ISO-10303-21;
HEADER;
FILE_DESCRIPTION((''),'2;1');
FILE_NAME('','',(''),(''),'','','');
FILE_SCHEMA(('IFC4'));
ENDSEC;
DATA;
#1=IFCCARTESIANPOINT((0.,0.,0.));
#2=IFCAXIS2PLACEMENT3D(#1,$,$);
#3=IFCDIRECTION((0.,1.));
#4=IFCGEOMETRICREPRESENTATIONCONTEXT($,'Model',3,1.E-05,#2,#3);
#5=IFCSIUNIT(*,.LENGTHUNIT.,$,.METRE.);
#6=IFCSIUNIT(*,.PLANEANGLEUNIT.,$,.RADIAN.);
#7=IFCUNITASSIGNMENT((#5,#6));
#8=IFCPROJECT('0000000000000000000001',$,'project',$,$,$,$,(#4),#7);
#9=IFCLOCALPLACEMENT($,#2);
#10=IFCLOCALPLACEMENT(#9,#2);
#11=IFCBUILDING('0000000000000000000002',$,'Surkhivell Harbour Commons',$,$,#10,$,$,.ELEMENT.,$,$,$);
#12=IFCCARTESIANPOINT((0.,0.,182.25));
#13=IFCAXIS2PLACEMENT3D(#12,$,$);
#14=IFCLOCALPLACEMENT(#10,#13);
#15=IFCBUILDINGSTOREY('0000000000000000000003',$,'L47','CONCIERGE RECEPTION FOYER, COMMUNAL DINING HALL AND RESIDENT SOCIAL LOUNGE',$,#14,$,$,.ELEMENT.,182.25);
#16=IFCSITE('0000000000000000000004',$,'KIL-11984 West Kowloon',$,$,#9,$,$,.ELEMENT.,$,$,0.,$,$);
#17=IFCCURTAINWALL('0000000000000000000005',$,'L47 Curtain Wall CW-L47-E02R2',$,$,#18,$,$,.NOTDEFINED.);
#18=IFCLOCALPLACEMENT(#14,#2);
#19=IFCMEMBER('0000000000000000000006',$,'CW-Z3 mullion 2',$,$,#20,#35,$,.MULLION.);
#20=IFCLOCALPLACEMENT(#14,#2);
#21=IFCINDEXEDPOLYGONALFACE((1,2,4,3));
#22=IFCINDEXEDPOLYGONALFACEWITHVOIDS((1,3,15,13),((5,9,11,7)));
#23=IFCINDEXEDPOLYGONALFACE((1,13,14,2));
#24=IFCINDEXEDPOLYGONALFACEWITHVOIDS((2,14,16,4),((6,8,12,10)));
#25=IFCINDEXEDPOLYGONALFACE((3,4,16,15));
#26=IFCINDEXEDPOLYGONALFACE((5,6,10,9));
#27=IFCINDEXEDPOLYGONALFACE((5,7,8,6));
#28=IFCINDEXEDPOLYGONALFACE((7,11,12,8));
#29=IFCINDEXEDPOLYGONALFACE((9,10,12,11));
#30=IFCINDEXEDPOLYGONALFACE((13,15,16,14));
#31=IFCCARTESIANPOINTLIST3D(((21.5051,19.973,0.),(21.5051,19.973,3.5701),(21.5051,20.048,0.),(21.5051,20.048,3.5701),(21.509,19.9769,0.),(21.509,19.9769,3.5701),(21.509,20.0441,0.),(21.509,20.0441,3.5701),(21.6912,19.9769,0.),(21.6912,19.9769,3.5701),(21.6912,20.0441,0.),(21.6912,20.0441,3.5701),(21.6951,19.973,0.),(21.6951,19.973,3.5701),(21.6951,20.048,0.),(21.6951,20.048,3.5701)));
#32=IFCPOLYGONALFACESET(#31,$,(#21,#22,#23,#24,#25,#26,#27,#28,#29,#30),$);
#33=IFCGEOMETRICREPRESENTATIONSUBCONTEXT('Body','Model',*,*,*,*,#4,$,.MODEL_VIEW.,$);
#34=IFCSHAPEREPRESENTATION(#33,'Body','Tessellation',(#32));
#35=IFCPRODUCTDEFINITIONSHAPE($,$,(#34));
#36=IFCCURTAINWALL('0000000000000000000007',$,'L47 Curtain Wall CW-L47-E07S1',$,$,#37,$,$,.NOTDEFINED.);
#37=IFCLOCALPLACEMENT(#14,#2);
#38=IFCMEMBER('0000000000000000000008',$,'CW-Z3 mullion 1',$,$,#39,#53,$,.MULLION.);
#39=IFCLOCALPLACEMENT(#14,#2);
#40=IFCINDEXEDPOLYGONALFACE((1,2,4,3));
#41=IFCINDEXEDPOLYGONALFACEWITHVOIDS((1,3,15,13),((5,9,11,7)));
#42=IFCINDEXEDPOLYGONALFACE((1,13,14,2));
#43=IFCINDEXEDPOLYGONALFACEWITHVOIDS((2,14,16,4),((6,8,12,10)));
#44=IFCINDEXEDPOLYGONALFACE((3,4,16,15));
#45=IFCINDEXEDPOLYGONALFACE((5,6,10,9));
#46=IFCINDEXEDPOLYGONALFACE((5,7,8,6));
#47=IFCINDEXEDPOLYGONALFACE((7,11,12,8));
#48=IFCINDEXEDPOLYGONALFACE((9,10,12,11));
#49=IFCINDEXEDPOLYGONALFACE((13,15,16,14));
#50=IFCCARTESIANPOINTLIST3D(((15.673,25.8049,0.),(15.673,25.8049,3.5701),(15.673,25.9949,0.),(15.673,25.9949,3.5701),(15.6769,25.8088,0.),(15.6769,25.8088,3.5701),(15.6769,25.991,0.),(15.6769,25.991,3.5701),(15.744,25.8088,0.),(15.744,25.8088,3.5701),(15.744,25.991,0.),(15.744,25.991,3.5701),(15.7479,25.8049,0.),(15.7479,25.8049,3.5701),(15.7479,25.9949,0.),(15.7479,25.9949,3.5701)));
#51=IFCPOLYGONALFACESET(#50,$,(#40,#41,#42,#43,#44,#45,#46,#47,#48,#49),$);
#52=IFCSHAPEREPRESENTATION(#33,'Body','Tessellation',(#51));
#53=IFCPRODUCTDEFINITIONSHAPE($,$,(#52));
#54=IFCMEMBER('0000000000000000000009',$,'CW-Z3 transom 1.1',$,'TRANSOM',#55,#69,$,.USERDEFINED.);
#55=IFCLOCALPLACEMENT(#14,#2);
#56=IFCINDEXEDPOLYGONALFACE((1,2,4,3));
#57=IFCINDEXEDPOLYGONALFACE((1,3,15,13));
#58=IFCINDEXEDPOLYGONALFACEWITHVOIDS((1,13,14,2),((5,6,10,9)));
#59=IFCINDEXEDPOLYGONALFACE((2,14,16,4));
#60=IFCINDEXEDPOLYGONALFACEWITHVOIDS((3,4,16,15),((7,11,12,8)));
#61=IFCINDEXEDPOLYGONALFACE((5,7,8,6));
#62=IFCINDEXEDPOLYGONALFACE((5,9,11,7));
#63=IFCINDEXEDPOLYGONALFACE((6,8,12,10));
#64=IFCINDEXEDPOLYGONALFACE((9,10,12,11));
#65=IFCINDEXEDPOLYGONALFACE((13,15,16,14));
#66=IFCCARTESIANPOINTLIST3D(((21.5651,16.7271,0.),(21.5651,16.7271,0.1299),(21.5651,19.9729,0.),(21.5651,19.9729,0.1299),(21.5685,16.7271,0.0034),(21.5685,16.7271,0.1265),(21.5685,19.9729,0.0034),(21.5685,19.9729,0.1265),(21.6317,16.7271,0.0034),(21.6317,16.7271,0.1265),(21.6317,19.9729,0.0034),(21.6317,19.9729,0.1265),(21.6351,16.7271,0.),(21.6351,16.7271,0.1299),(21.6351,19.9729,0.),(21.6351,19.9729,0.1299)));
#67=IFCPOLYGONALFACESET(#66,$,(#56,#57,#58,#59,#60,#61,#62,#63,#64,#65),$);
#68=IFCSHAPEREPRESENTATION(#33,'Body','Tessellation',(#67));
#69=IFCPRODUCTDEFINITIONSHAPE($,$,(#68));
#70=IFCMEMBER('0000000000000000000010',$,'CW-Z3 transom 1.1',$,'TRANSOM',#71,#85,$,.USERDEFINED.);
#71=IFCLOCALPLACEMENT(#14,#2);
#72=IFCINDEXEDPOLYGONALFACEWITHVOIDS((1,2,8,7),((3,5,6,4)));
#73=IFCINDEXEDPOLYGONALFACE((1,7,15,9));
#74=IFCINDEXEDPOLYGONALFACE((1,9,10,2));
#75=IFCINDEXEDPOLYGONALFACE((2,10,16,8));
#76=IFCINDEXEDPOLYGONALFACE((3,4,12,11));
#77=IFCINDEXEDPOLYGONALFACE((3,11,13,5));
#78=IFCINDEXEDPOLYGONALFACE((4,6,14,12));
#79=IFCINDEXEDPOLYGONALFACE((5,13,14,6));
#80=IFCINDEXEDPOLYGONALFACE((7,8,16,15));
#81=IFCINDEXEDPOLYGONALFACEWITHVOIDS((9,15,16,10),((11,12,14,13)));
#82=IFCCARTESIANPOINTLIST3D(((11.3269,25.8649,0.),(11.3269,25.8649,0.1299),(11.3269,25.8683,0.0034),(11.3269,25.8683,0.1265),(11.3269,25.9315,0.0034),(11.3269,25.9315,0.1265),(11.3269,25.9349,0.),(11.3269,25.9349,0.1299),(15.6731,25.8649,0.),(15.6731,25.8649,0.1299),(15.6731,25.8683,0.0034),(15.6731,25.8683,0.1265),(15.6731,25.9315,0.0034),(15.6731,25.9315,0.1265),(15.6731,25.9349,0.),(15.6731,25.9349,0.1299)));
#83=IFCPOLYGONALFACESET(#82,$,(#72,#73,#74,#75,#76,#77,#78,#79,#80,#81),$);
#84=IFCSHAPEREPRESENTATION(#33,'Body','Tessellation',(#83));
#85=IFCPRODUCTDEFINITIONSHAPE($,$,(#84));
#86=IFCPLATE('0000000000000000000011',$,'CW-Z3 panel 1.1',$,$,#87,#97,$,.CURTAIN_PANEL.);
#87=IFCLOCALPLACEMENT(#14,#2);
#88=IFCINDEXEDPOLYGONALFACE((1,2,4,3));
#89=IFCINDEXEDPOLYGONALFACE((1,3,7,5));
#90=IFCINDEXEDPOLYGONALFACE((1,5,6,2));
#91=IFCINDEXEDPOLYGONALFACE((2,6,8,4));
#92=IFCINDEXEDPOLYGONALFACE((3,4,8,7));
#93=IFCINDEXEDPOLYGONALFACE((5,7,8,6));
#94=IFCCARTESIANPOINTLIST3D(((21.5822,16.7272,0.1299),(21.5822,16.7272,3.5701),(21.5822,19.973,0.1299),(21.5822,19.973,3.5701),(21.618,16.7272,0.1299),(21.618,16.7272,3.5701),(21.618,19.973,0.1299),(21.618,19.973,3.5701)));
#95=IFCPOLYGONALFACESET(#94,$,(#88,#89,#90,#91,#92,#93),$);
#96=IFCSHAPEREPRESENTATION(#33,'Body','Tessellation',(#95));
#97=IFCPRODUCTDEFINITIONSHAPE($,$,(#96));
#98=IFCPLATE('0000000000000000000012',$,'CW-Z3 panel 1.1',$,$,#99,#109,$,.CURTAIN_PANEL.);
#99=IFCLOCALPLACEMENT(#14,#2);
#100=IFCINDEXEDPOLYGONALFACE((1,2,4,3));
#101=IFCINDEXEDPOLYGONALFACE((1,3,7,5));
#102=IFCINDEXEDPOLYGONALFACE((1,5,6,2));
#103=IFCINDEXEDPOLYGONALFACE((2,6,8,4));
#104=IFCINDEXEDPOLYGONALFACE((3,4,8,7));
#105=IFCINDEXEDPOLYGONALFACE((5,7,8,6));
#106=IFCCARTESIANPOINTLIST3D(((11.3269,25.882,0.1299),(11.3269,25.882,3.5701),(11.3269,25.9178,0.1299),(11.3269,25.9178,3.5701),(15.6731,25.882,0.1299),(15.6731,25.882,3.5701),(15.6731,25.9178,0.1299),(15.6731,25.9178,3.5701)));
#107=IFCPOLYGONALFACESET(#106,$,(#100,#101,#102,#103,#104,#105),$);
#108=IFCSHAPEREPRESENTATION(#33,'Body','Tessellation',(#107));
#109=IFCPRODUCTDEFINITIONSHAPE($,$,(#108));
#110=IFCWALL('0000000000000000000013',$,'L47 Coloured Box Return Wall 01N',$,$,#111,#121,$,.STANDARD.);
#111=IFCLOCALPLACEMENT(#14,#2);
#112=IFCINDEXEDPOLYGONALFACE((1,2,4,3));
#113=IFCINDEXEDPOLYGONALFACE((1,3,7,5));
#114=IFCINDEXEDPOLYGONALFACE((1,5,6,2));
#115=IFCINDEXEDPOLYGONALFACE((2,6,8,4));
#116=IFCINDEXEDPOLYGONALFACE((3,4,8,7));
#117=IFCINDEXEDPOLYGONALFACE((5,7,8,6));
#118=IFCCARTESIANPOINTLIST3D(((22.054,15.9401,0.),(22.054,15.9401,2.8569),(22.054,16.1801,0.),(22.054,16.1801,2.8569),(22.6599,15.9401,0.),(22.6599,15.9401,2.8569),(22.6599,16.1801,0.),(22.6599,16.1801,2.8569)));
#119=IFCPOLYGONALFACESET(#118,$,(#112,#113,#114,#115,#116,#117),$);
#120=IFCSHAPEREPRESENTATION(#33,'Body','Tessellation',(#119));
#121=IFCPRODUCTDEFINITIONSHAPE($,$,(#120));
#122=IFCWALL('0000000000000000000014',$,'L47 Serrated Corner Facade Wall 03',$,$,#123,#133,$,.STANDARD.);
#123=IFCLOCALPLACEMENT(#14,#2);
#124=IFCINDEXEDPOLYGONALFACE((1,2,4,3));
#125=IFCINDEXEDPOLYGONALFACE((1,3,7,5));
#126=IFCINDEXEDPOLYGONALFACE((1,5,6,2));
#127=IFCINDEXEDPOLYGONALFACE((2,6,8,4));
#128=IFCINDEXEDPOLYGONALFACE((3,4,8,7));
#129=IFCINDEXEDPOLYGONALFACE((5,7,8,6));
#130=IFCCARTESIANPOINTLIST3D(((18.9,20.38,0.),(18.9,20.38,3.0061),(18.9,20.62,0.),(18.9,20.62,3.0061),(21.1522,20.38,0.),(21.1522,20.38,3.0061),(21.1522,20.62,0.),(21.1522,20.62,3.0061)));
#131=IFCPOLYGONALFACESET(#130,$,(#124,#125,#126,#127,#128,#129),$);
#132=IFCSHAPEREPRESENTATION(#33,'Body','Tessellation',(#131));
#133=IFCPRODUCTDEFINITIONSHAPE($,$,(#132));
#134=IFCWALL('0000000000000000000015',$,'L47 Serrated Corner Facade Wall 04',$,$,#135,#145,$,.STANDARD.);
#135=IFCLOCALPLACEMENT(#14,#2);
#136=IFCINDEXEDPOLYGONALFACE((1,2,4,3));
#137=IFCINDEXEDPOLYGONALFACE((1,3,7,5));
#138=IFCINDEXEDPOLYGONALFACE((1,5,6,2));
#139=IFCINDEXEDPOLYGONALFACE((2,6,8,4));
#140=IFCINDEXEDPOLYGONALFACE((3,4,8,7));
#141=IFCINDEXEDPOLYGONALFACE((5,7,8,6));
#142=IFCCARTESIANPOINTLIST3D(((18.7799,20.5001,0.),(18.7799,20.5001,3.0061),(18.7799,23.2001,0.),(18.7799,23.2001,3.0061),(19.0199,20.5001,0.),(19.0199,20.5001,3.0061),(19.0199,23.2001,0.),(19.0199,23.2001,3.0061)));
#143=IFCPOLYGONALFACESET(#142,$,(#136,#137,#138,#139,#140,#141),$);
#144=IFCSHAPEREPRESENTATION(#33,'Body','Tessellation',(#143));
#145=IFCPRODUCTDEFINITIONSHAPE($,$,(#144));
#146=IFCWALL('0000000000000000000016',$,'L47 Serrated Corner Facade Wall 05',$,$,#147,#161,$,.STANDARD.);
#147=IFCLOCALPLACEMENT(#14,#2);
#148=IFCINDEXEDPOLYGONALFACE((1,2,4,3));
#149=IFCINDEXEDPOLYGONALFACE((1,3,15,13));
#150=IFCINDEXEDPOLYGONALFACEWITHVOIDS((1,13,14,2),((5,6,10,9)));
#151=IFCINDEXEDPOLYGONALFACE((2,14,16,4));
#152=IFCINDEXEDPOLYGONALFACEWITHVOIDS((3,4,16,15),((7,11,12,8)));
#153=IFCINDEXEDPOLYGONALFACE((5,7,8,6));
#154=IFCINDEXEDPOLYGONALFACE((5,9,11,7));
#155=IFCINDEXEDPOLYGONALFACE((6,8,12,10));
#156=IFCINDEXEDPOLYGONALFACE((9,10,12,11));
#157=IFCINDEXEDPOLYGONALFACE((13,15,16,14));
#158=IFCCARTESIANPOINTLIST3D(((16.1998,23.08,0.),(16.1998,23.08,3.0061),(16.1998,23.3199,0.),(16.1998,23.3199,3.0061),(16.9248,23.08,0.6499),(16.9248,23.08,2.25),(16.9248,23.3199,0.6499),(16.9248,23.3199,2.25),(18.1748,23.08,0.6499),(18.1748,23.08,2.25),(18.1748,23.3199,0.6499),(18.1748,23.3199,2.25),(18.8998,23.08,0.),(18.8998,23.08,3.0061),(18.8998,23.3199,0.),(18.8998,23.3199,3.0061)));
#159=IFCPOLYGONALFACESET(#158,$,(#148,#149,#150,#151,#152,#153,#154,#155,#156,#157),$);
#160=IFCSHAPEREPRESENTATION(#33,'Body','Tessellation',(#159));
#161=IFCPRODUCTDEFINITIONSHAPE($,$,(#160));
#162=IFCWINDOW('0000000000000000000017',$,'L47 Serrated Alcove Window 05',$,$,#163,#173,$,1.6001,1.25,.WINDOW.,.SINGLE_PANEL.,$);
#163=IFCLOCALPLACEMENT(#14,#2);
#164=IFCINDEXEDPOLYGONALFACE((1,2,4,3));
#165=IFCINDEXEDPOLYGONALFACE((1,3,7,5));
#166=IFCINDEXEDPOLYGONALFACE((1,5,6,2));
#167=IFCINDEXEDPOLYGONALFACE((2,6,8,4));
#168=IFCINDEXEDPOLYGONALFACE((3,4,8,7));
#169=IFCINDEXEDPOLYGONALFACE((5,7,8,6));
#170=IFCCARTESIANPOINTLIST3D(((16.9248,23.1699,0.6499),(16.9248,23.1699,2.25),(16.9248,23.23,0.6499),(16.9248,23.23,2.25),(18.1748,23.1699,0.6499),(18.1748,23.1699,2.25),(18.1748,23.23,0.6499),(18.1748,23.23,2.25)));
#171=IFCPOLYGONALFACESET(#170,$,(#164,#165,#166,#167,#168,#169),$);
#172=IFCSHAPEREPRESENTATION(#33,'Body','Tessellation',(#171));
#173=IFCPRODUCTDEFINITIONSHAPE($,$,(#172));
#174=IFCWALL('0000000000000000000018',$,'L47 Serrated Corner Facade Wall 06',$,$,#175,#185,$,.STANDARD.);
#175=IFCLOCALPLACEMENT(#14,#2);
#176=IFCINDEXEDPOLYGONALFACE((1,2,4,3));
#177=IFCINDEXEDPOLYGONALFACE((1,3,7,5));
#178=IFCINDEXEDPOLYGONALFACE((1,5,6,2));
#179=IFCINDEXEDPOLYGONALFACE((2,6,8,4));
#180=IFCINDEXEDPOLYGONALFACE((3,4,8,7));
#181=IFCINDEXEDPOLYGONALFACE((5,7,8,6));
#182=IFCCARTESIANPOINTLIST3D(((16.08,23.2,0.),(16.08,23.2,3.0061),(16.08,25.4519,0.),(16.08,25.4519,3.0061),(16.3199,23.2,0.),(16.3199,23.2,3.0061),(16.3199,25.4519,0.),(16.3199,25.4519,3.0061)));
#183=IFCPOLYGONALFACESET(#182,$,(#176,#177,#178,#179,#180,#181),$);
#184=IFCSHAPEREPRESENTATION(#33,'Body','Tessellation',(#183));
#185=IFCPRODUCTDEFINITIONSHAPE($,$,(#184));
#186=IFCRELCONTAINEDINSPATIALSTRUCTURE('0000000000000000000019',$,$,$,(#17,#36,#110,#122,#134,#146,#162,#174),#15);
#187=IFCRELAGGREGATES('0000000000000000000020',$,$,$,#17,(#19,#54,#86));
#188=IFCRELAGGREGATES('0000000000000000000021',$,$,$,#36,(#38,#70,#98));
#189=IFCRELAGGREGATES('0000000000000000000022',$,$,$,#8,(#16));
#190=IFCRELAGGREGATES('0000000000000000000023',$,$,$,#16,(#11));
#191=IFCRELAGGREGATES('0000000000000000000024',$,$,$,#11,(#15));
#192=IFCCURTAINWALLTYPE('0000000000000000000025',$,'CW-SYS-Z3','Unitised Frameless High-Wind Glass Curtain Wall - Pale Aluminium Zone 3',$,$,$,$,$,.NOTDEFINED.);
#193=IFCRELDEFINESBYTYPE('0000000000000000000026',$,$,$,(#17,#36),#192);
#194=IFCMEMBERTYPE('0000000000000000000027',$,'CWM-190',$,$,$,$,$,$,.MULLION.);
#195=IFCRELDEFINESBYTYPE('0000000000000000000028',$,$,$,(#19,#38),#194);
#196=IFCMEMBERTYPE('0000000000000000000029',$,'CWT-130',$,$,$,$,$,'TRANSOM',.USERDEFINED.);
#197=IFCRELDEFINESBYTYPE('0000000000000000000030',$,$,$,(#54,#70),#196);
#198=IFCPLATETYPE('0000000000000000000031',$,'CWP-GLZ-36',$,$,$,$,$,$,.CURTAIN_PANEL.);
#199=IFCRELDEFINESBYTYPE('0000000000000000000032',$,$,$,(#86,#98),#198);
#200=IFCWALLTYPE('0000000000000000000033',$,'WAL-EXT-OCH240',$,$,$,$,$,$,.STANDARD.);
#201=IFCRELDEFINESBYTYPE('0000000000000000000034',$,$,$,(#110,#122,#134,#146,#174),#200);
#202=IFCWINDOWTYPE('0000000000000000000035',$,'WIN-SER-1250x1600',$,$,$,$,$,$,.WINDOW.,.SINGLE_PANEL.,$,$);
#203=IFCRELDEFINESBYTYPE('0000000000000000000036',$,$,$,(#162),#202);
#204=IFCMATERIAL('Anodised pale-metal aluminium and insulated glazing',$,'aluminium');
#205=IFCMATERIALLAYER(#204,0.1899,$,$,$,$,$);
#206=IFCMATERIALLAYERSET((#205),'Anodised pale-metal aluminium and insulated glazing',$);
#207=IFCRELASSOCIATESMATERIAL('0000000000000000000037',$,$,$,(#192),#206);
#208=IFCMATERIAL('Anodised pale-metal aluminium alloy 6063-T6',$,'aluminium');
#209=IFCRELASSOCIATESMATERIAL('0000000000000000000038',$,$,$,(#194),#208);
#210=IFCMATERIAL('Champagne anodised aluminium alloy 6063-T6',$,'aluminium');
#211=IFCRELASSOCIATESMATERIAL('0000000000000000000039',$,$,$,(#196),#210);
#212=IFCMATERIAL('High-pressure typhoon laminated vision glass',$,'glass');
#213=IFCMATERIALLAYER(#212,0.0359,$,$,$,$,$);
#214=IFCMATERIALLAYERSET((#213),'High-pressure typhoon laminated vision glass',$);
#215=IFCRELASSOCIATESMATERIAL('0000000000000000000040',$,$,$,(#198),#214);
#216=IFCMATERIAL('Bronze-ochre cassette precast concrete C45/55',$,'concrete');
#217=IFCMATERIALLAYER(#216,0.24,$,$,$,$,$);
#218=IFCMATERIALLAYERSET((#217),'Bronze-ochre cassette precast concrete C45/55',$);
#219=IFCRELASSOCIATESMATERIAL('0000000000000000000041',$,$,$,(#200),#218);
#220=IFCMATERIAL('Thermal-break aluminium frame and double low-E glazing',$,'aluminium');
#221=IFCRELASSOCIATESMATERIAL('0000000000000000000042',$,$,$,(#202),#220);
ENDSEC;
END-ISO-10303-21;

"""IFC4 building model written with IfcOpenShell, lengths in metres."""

from ifc_helpers import new_model, si_unit, direction, frame, frame_2d, origin, origin_2d, place, context, subcontext, project, spatial, rectangle, hollow_rectangle, extrude, material, layer, layer_set, material_profile, profile_set, type_object, element, fill, aggregate, save


model = new_model("IFC4")

# Units and contexts
model_context = context("Model", 3, precision=1e-05, world=origin(), true_north=direction((0.0, 1.0)))
body_context = subcontext(model_context, "Body", "Model", "MODEL_VIEW")
ifc_project = project(units=[si_unit("LENGTHUNIT", "METRE"), si_unit("PLANEANGLEUNIT", "RADIAN")], contexts=[model_context])

# Site, building, storey
site_placement = place(None, origin())
site = spatial("IfcSite", under=ifc_project, at=site_placement, Name="KIL-11984 West Kowloon", CompositionType="ELEMENT", RefElevation=0.0)
building_placement = place(site_placement, origin())
building = spatial("IfcBuilding", under=site, at=building_placement, Name="Surkhivell Harbour Commons", CompositionType="ELEMENT")
storey_placement = place(building_placement, frame((0.0, 0.0, 182.25)))
storey = spatial("IfcBuildingStorey", under=building, at=storey_placement, Name="L47", Description="CONCIERGE RECEPTION FOYER, COMMUNAL DINING HALL AND RESIDENT SOCIAL LOUNGE", CompositionType="ELEMENT", Elevation=182.25)

# Curtain wall, member
ifc_material_1 = material(Name="Anodised pale-metal aluminium and insulated glazing", Category="aluminium")
ifc_layer_1 = layer(ifc_material_1, 0.1899)
ifc_layer_set_1 = layer_set([ifc_layer_1], Name="Anodised pale-metal aluminium and insulated glazing")
curtain_wall_type = type_object("IfcCurtainWallType", Name="CW-SYS-Z3", Description="Unitised Frameless High-Wind Glass Curtain Wall - Pale Aluminium Zone 3", PredefinedType="NOTDEFINED", material=ifc_layer_set_1)
curtain_wall_1_placement = place(storey_placement, origin())
curtain_wall_1 = element("IfcCurtainWall", 1, at=curtain_wall_1_placement, inside=storey, type_object=curtain_wall_type, Name="L47 Curtain Wall CW-L47-E02R2", PredefinedType="NOTDEFINED")
ifc_material_2 = material(Name="Anodised pale-metal aluminium alloy 6063-T6", Category="aluminium")
ifc_material_profile_1 = material_profile(ifc_material_2, hollow_rectangle(XDim=0.075, YDim=0.1899, WallThickness=0.0039, at=origin_2d()), Name="ALU-MULL-75x190")
ifc_profile_set_1 = profile_set([ifc_material_profile_1], Name="Anodised pale-metal aluminium alloy 6063-T6")
member_type_1 = type_object("IfcMemberType", Name="CWM-190", PredefinedType="MULLION", material=ifc_profile_set_1)
member_1_placement = place(storey_placement, frame((21.6001, 20.0105, 0.0), z_axis=(0.0, 0.0, 1.0), x_axis=(0.0, 1.0, 0.0)))
member_1 = element("IfcMember", 2, at=member_1_placement, type_object=member_type_1, Name="CW-Z3 mullion 2", PredefinedType="MULLION", context=body_context, shape_type="SweptSolid", body=[
    extrude(hollow_rectangle(XDim=0.075, YDim=0.1899, WallThickness=0.0039, at=origin_2d()), origin(), (0.0, 0.0, 1.0), 3.5701),
])

# Curtain wall, member
curtain_wall_2_placement = place(storey_placement, origin())
curtain_wall_2 = element("IfcCurtainWall", 3, at=curtain_wall_2_placement, inside=storey, type_object=curtain_wall_type, Name="L47 Curtain Wall CW-L47-E07S1", PredefinedType="NOTDEFINED")
member_2_placement = place(storey_placement, frame((15.7104, 25.8999, 0.0), z_axis=(0.0, 0.0, 1.0), x_axis=(-1.0, 0.0, 0.0)))
member_2 = element("IfcMember", 4, at=member_2_placement, type_object=member_type_1, Name="CW-Z3 mullion 1", PredefinedType="MULLION", context=body_context, shape_type="SweptSolid", body=[
    extrude(hollow_rectangle(XDim=0.075, YDim=0.1899, WallThickness=0.0039, at=origin_2d()), origin(), (0.0, 0.0, 1.0), 3.5701),
])

# Members
ifc_material_3 = material(Name="Champagne anodised aluminium alloy 6063-T6", Category="aluminium")
ifc_material_profile_2 = material_profile(ifc_material_3, hollow_rectangle(XDim=0.0701, YDim=0.1299, WallThickness=0.0034, at=origin_2d()), Name="ALU-TRAN-70x130")
ifc_profile_set_2 = profile_set([ifc_material_profile_2], Name="Champagne anodised aluminium alloy 6063-T6")
member_type_2 = type_object("IfcMemberType", Name="CWT-130", ElementType="TRANSOM", PredefinedType="USERDEFINED", material=ifc_profile_set_2)
member_3_placement = place(storey_placement, frame((21.6001, 16.7271, 0.0649), z_axis=(0.0, 1.0, 0.0), x_axis=(-1.0, 0.0, 0.0)))
member_3 = element("IfcMember", 5, at=member_3_placement, type_object=member_type_2, Name="CW-Z3 transom 1.1", ObjectType="TRANSOM", PredefinedType="USERDEFINED", context=body_context, shape_type="SweptSolid", body=[
    extrude(hollow_rectangle(XDim=0.0701, YDim=0.1299, WallThickness=0.0034, at=origin_2d()), origin(), (0.0, 0.0, 1.0), 3.2458),
])
member_4_placement = place(storey_placement, frame((15.6731, 25.8999, 0.0649), z_axis=(-1.0, 0.0, 0.0), x_axis=(0.0, -1.0, 0.0)))
member_4 = element("IfcMember", 6, at=member_4_placement, type_object=member_type_2, Name="CW-Z3 transom 1.1", ObjectType="TRANSOM", PredefinedType="USERDEFINED", context=body_context, shape_type="SweptSolid", body=[
    extrude(hollow_rectangle(XDim=0.0701, YDim=0.1299, WallThickness=0.0034, at=origin_2d()), origin(), (0.0, 0.0, 1.0), 4.3462),
])

# Plates
ifc_material_4 = material(Name="High-pressure typhoon laminated vision glass", Category="glass")
ifc_layer_2 = layer(ifc_material_4, 0.0359)
ifc_layer_set_2 = layer_set([ifc_layer_2], Name="High-pressure typhoon laminated vision glass")
plate_type = type_object("IfcPlateType", Name="CWP-GLZ-36", PredefinedType="CURTAIN_PANEL", material=ifc_layer_set_2)
plate_1_placement = place(storey_placement, frame((21.6001, 16.7271, 0.1299), z_axis=(0.0, 0.0, 1.0), x_axis=(0.0, 1.0, 0.0)))
plate_1 = element("IfcPlate", 7, at=plate_1_placement, type_object=plate_type, Name="CW-Z3 panel 1.1", PredefinedType="CURTAIN_PANEL", context=body_context, shape_type="SweptSolid", body=[
    extrude(rectangle(XDim=3.2458, YDim=0.0359, at=frame_2d((1.623, 0.0))), origin(), (0.0, 0.0, 1.0), 3.4402),
])
aggregate(curtain_wall_1, [member_1, member_3, plate_1])
plate_2_placement = place(storey_placement, frame((15.6731, 25.8999, 0.1299), z_axis=(0.0, 0.0, 1.0), x_axis=(-1.0, 0.0, 0.0)))
plate_2 = element("IfcPlate", 8, at=plate_2_placement, type_object=plate_type, Name="CW-Z3 panel 1.1", PredefinedType="CURTAIN_PANEL", context=body_context, shape_type="SweptSolid", body=[
    extrude(rectangle(XDim=4.3462, YDim=0.0359, at=frame_2d((2.1731, 0.0))), origin(), (0.0, 0.0, 1.0), 3.4402),
])
aggregate(curtain_wall_2, [member_2, member_4, plate_2])

# Walls
ifc_material_5 = material(Name="Bronze-ochre cassette precast concrete C45/55", Category="concrete")
ifc_layer_3 = layer(ifc_material_5, 0.24)
ifc_layer_set_3 = layer_set([ifc_layer_3], Name="Bronze-ochre cassette precast concrete C45/55")
wall_type_1 = type_object("IfcWallType", Name="WAL-EXT-OCH240", PredefinedType="STANDARD", material=ifc_layer_set_3)
wall_1_placement = place(storey_placement, frame((22.054, 16.0601, 0.0), z_axis=(0.0, 0.0, 1.0), x_axis=(1.0, 0.0, 0.0)))
element("IfcWall", 9, at=wall_1_placement, inside=storey, type_object=wall_type_1, Name="L47 Coloured Box Return Wall 01N", PredefinedType="STANDARD", context=body_context, shape_type="SweptSolid", body=[
    extrude(rectangle(XDim=0.606, YDim=0.24, at=frame_2d((0.303, 0.0))), origin(), (0.0, 0.0, 1.0), 2.8569),
])
wall_2_placement = place(storey_placement, frame((21.1521, 20.5, 0.0), z_axis=(0.0, 0.0, 1.0), x_axis=(-1.0, 0.0, 0.0)))
element("IfcWall", 10, at=wall_2_placement, inside=storey, type_object=wall_type_1, Name="L47 Serrated Corner Facade Wall 03", PredefinedType="STANDARD", context=body_context, shape_type="SweptSolid", body=[
    extrude(rectangle(XDim=2.2522, YDim=0.24, at=frame_2d((1.126, 0.0))), origin(), (0.0, 0.0, 1.0), 3.0061),
])
wall_3_placement = place(storey_placement, frame((18.8999, 20.5, 0.0), z_axis=(0.0, 0.0, 1.0), x_axis=(0.0, 1.0, 0.0)))
element("IfcWall", 11, at=wall_3_placement, inside=storey, type_object=wall_type_1, Name="L47 Serrated Corner Facade Wall 04", PredefinedType="STANDARD", context=body_context, shape_type="SweptSolid", body=[
    extrude(rectangle(XDim=2.7, YDim=0.24, at=frame_2d((1.3501, 0.0))), origin(), (0.0, 0.0, 1.0), 3.0061),
])

# Wall, opening, window
wall_4_placement = place(storey_placement, frame((18.8999, 23.2, 0.0), z_axis=(0.0, 0.0, 1.0), x_axis=(-1.0, 0.0, 0.0)))
wall_4 = element("IfcWall", 12, at=wall_4_placement, inside=storey, type_object=wall_type_1, Name="L47 Serrated Corner Facade Wall 05", PredefinedType="STANDARD", context=body_context, shape_type="SweptSolid", body=[
    extrude(rectangle(XDim=2.7, YDim=0.24, at=frame_2d((1.3501, 0.0))), origin(), (0.0, 0.0, 1.0), 3.0061),
])
opening_placement = place(wall_4_placement, frame((0.7251, 0.0, 0.6499)))
opening = element("IfcOpeningElement", 13, at=opening_placement, cuts=wall_4, PredefinedType="OPENING", context=body_context, shape_type="SweptSolid", body=[
    extrude(rectangle(XDim=1.25, YDim=1.6001, at=frame_2d((0.625, 0.8))), frame((0.0, 0.1299, 0.0), z_axis=(0.0, -1.0, 0.0), x_axis=(1.0, 0.0, 0.0)), (0.0, 0.0, 1.0), 0.26),
])
ifc_material_6 = material(Name="Thermal-break aluminium frame and double low-E glazing", Category="aluminium")
window_type = type_object("IfcWindowType", Name="WIN-SER-1250x1600", PartitioningType="SINGLE_PANEL", PredefinedType="WINDOW", material=ifc_material_6)
window_placement = place(opening_placement, origin())
window = element("IfcWindow", 14, at=window_placement, inside=storey, type_object=window_type, Name="L47 Serrated Alcove Window 05", OverallHeight=1.6001, OverallWidth=1.25, PartitioningType="SINGLE_PANEL", PredefinedType="WINDOW", context=body_context, shape_type="SweptSolid", body=[
    extrude(rectangle(XDim=1.25, YDim=1.6001, at=frame_2d((0.625, 0.8))), frame((0.0, 0.03, 0.0), z_axis=(0.0, -1.0, 0.0), x_axis=(1.0, 0.0, 0.0)), (0.0, 0.0, 1.0), 0.0601),
])
fill(opening, window)

# Wall
wall_5_placement = place(storey_placement, frame((16.2, 23.2, 0.0), z_axis=(0.0, 0.0, 1.0), x_axis=(0.0, 1.0, 0.0)))
element("IfcWall", 15, at=wall_5_placement, inside=storey, type_object=wall_type_1, Name="L47 Serrated Corner Facade Wall 06", PredefinedType="STANDARD", context=body_context, shape_type="SweptSolid", body=[
    extrude(rectangle(XDim=2.252, YDim=0.24, at=frame_2d((1.126, 0.0))), origin(), (0.0, 0.0, 1.0), 3.0061),
])

save(model, "model.ifc")
